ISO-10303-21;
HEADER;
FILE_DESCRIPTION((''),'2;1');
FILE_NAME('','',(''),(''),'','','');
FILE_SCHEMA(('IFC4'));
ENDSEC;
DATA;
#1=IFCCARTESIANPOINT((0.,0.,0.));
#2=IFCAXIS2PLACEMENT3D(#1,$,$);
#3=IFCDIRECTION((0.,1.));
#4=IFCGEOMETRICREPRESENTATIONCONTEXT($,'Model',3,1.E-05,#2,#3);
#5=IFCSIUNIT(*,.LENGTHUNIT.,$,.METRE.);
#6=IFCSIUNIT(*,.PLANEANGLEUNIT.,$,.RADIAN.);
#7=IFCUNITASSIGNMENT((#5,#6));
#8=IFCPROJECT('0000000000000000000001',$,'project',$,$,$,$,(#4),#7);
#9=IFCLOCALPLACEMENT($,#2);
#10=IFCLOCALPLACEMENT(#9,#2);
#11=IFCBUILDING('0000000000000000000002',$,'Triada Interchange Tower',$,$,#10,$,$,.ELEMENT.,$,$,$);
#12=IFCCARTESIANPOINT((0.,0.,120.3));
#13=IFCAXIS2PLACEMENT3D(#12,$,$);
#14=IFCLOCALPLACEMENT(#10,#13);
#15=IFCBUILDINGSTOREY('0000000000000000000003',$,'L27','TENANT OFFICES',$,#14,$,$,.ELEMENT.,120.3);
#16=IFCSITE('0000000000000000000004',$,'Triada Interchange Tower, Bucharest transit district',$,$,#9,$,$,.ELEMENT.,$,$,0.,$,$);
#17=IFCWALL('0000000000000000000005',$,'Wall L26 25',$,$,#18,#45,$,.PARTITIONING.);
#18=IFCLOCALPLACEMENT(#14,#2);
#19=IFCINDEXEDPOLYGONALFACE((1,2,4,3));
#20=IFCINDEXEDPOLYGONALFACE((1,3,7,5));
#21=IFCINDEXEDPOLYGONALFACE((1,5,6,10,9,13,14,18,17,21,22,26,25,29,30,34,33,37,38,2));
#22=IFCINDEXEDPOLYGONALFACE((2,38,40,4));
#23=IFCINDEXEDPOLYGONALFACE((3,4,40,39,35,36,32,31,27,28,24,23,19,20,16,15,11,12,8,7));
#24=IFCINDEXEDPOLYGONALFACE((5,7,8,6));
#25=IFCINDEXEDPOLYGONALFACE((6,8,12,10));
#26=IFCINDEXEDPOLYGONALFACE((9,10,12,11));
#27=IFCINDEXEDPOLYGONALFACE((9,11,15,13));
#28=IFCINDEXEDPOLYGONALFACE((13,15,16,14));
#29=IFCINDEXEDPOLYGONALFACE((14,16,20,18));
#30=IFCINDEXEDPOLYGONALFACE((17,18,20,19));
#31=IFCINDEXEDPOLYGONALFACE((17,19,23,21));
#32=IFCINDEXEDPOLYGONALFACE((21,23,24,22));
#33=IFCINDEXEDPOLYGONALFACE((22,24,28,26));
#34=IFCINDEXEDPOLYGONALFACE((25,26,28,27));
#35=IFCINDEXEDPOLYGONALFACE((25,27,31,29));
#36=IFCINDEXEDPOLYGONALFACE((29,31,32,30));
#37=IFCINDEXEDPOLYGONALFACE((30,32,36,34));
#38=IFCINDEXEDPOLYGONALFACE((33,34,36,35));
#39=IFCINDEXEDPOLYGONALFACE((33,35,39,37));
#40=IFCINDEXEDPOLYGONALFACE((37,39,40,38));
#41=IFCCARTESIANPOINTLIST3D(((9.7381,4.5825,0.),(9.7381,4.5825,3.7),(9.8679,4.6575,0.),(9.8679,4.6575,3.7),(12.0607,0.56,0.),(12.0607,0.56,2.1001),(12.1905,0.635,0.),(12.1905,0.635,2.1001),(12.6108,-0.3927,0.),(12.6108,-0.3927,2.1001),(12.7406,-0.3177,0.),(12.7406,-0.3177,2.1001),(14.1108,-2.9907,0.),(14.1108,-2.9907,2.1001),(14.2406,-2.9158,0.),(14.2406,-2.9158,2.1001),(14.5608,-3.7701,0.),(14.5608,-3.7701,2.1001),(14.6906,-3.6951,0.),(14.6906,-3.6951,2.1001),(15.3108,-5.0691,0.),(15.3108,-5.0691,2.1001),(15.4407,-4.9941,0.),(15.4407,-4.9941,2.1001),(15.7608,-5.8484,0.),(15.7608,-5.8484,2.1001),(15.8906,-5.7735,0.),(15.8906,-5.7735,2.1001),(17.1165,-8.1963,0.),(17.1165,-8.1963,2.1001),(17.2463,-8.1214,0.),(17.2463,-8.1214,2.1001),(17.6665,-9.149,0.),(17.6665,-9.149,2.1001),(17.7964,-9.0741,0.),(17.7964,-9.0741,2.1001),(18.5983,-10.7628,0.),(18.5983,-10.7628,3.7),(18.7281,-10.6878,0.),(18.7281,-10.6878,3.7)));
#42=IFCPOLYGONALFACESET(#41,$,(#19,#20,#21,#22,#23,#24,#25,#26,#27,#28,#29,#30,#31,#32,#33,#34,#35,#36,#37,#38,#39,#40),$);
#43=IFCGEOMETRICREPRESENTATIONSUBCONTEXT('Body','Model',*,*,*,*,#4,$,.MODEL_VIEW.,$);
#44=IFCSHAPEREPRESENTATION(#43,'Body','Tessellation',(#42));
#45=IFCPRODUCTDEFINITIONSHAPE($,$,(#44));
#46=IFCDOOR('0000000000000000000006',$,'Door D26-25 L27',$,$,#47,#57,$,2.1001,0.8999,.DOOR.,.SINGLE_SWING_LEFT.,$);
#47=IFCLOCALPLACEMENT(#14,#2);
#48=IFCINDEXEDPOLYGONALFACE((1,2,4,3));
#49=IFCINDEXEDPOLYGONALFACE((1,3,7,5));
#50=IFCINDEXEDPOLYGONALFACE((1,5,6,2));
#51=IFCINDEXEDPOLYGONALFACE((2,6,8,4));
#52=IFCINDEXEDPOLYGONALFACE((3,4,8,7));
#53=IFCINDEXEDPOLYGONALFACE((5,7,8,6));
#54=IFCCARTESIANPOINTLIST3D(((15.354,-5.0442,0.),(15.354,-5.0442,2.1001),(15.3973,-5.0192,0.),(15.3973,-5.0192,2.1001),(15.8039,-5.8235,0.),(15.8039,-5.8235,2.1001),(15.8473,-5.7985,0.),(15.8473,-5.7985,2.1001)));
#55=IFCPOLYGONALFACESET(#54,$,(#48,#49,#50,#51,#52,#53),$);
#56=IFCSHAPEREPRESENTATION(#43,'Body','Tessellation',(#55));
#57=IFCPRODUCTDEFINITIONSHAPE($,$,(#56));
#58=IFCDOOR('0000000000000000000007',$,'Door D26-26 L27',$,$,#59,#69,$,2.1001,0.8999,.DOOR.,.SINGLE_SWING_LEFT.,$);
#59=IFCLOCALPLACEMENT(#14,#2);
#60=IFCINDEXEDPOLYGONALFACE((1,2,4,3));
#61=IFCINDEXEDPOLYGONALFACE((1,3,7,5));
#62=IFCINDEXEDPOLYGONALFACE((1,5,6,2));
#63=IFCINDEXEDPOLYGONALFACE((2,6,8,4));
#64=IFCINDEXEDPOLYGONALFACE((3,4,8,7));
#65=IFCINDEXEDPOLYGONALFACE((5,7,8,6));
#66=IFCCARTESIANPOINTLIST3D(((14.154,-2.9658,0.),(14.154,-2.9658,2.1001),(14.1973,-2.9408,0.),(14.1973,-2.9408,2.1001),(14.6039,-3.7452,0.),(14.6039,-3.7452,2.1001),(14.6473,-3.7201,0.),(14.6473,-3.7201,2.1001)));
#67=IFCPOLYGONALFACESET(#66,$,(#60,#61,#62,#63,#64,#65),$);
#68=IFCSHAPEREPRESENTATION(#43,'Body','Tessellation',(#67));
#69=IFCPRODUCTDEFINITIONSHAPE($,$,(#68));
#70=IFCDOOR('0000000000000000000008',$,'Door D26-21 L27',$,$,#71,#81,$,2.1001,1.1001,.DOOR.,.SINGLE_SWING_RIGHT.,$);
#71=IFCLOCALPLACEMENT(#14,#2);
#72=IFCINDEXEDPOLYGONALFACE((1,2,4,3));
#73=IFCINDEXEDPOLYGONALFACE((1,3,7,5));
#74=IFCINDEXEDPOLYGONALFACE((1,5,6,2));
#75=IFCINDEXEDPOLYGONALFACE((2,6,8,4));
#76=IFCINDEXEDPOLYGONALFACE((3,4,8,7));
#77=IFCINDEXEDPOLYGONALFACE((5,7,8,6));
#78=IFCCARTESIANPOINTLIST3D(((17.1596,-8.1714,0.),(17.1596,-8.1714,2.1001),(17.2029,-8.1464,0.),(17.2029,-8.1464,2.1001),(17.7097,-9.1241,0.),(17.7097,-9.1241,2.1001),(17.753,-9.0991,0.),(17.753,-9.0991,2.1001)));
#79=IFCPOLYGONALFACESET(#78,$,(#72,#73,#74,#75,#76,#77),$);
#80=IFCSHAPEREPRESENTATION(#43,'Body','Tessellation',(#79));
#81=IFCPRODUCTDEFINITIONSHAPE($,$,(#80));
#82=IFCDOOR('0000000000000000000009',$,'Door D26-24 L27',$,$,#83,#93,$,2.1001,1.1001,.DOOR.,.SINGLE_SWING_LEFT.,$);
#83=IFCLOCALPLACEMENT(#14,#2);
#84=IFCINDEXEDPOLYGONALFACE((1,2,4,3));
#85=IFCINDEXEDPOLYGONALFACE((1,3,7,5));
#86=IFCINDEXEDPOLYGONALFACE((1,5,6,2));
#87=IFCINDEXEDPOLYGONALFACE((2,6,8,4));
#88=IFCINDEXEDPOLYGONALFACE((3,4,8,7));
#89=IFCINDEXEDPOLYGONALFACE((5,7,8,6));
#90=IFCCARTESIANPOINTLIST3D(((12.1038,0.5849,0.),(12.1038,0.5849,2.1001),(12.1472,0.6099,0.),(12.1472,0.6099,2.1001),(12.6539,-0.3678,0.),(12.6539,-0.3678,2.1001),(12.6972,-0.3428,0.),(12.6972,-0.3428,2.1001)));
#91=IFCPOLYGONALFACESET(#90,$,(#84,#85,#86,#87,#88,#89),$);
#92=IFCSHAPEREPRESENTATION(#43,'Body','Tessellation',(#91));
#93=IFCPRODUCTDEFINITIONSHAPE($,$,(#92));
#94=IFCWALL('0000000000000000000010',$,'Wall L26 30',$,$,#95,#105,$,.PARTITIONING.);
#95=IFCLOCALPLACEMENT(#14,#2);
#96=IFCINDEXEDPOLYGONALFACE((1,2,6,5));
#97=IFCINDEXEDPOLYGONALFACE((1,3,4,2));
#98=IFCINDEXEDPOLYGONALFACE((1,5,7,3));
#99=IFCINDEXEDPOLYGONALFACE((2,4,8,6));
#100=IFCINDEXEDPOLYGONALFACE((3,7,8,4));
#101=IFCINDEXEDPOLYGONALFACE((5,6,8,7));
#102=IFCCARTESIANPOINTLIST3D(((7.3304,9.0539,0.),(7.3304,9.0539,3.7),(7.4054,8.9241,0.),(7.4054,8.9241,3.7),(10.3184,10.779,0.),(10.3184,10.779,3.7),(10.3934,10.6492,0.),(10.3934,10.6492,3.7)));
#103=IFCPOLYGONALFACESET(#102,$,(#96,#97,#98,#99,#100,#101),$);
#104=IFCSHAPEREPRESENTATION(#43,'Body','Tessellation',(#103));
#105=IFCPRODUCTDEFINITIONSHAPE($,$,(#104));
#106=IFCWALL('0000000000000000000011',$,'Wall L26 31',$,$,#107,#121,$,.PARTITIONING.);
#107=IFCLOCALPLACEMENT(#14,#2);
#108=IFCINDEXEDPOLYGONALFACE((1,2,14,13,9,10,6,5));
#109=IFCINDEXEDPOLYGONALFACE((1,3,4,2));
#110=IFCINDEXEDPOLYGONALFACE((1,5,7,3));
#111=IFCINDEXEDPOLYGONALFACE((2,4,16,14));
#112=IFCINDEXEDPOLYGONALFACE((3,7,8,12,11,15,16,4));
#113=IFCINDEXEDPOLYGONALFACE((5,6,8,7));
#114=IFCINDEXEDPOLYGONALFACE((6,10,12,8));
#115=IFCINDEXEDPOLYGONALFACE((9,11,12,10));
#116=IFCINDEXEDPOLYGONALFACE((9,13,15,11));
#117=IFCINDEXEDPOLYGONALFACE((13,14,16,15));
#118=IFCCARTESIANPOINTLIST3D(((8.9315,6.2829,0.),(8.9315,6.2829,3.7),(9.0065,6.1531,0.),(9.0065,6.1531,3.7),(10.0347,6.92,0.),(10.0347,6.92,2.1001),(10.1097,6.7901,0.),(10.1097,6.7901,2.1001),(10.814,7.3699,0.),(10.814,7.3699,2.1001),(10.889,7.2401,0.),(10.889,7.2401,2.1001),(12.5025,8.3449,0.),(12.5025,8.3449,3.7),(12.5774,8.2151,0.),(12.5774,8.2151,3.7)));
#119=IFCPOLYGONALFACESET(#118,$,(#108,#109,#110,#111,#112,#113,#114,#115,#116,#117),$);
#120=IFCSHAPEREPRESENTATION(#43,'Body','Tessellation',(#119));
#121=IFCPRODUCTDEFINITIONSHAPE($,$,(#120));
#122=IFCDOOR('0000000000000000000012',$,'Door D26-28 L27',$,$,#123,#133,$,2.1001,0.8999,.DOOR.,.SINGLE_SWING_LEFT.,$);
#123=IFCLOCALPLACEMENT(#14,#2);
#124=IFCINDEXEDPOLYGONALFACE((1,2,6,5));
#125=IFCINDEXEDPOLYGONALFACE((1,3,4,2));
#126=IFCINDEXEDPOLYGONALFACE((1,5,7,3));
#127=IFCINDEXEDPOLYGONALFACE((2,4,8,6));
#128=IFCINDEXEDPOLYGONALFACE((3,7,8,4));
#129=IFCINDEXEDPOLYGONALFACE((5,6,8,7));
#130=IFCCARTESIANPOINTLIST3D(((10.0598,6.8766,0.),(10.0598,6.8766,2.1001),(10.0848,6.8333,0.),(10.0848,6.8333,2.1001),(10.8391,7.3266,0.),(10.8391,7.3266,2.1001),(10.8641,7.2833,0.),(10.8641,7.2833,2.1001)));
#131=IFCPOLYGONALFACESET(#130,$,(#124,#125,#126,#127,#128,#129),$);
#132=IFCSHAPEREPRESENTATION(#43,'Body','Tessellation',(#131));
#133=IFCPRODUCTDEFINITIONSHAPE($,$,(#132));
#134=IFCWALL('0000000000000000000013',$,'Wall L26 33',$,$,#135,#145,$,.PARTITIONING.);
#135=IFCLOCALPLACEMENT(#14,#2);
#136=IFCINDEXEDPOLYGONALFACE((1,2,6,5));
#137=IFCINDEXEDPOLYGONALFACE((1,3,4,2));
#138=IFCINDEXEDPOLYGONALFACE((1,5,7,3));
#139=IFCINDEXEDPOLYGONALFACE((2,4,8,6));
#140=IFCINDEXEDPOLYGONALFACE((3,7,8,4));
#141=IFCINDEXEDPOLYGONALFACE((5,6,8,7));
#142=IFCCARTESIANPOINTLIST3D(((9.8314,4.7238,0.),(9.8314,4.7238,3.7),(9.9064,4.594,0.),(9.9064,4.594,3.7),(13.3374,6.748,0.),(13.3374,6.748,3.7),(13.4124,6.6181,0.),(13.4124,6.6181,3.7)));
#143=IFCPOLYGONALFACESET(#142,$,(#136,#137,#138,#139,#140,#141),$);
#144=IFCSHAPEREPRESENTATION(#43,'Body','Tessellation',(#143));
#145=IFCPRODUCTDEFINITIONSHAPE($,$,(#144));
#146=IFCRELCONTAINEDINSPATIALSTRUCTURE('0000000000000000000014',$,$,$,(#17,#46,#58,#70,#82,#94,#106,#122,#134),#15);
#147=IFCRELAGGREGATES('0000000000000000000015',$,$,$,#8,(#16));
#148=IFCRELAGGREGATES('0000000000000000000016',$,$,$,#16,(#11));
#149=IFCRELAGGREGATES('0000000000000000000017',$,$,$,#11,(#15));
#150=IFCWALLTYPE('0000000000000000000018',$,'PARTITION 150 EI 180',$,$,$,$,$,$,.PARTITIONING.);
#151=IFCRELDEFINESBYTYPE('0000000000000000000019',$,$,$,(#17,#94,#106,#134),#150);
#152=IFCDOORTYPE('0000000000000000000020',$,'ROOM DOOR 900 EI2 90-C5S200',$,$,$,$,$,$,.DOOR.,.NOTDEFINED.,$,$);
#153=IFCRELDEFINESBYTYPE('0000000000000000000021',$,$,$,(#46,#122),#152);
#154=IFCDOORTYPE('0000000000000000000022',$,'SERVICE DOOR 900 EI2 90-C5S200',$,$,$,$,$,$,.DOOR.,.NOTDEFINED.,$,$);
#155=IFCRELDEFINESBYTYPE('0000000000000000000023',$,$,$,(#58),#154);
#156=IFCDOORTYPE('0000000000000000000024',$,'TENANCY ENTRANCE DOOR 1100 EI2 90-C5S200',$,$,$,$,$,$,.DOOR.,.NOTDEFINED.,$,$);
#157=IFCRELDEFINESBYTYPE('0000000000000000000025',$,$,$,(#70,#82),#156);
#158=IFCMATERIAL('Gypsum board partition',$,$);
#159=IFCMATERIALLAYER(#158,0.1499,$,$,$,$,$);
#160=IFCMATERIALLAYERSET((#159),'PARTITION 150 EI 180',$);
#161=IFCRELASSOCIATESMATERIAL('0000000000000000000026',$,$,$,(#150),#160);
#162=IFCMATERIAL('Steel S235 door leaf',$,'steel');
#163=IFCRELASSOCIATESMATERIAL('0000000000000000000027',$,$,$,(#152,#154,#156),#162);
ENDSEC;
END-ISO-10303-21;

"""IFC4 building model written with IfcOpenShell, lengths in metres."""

from ifc_helpers import new_model, si_unit, direction, frame, frame_2d, origin, place, context, subcontext, project, spatial, rectangle, extrude, material, layer, layer_set, type_object, element, fill, save


model = new_model("IFC4")

# Units and contexts
model_context = context("Model", 3, precision=1e-05, world=origin(), true_north=direction((0.0, 1.0)))
body_context = subcontext(model_context, "Body", "Model", "MODEL_VIEW")
ifc_project = project(units=[si_unit("LENGTHUNIT", "METRE"), si_unit("PLANEANGLEUNIT", "RADIAN")], contexts=[model_context])

# Site, building, storey
site_placement = place(None, origin())
site = spatial("IfcSite", under=ifc_project, at=site_placement, Name="Triada Interchange Tower, Bucharest transit district", CompositionType="ELEMENT", RefElevation=0.0)
building_placement = place(site_placement, origin())
building = spatial("IfcBuilding", under=site, at=building_placement, Name="Triada Interchange Tower", CompositionType="ELEMENT")
storey_placement = place(building_placement, frame((0.0, 0.0, 120.3)))
storey = spatial("IfcBuildingStorey", under=building, at=storey_placement, Name="L27", Description="TENANT OFFICES", CompositionType="ELEMENT", Elevation=120.3)

# Shared definitions
ifc_material_1 = material(Name="Steel S235 door leaf", Category="steel")

# Wall, openings, doors
ifc_material_2 = material(Name="Gypsum board partition")
ifc_layer_1 = layer(ifc_material_2, 0.1499)
ifc_layer_set_1 = layer_set([ifc_layer_1], Name="PARTITION 150 EI 180")
wall_type_1 = type_object("IfcWallType", Name="PARTITION 150 EI 180", PredefinedType="PARTITIONING", material=ifc_layer_set_1)
wall_1_placement = place(storey_placement, frame((9.803, 4.6201, 0.0), z_axis=(0.0, 0.0, 1.0), x_axis=(0.500023, -0.866012, 0.0)))
wall_1 = element("IfcWall", 1, at=wall_1_placement, inside=storey, type_object=wall_type_1, Name="Wall L26 25", PredefinedType="PARTITIONING", context=body_context, shape_type="SweptSolid", body=[
    extrude(rectangle(XDim=17.7195, YDim=0.1499, at=frame_2d((8.8599, 0.0))), origin(), (0.0, 0.0, 1.0), 3.7),
])
opening_1_placement = place(wall_1_placement, frame((14.7561, 0.0, 0.0)))
opening_1 = element("IfcOpeningElement", 2, at=opening_1_placement, cuts=wall_1, PredefinedType="OPENING", context=body_context, shape_type="SweptSolid", body=[
    extrude(rectangle(XDim=1.1001, YDim=2.1001, at=frame_2d((0.55, 1.05))), frame((0.0, 0.085, 0.0), z_axis=(0.0, -1.0, 0.0), x_axis=(1.0, 0.0, 0.0)), (0.0, 0.0, 1.0), 0.1699),
])
opening_2_placement = place(wall_1_placement, frame((4.645, 0.0, 0.0)))
opening_2 = element("IfcOpeningElement", 3, at=opening_2_placement, cuts=wall_1, PredefinedType="OPENING", context=body_context, shape_type="SweptSolid", body=[
    extrude(rectangle(XDim=1.1001, YDim=2.1001, at=frame_2d((0.55, 1.05))), frame((0.0, 0.085, 0.0), z_axis=(0.0, -1.0, 0.0), x_axis=(1.0, 0.0, 0.0)), (0.0, 0.0, 1.0), 0.1699),
])
opening_3_placement = place(wall_1_placement, frame((11.145, 0.0, 0.0)))
opening_3 = element("IfcOpeningElement", 4, at=opening_3_placement, cuts=wall_1, PredefinedType="OPENING", context=body_context, shape_type="SweptSolid", body=[
    extrude(rectangle(XDim=0.8999, YDim=2.1001, at=frame_2d((0.45, 1.05))), frame((0.0, 0.085, 0.0), z_axis=(0.0, -1.0, 0.0), x_axis=(1.0, 0.0, 0.0)), (0.0, 0.0, 1.0), 0.1699),
])
opening_4_placement = place(wall_1_placement, frame((8.7451, 0.0, 0.0)))
opening_4 = element("IfcOpeningElement", 5, at=opening_4_placement, cuts=wall_1, PredefinedType="OPENING", context=body_context, shape_type="SweptSolid", body=[
    extrude(rectangle(XDim=0.8999, YDim=2.1001, at=frame_2d((0.45, 1.05))), frame((0.0, 0.085, 0.0), z_axis=(0.0, -1.0, 0.0), x_axis=(1.0, 0.0, 0.0)), (0.0, 0.0, 1.0), 0.1699),
])
door_type_1 = type_object("IfcDoorType", Name="ROOM DOOR 900 EI2 90-C5S200", OperationType="NOTDEFINED", PredefinedType="DOOR", material=ifc_material_1)
door_1_placement = place(opening_3_placement, origin())
door_1 = element("IfcDoor", 6, at=door_1_placement, inside=storey, type_object=door_type_1, Name="Door D26-25 L27", OperationType="SINGLE_SWING_LEFT", OverallHeight=2.1001, OverallWidth=0.8999, PredefinedType="DOOR", context=body_context, shape_type="SweptSolid", body=[
    extrude(rectangle(XDim=0.8999, YDim=2.1001, at=frame_2d((0.45, 1.05))), frame((0.0, 0.0249, 0.0), z_axis=(0.0, -1.0, 0.0), x_axis=(1.0, 0.0, 0.0)), (0.0, 0.0, 1.0), 0.05),
])
fill(opening_3, door_1)
door_type_2 = type_object("IfcDoorType", Name="SERVICE DOOR 900 EI2 90-C5S200", OperationType="NOTDEFINED", PredefinedType="DOOR", material=ifc_material_1)
door_2_placement = place(opening_4_placement, origin())
door_2 = element("IfcDoor", 7, at=door_2_placement, inside=storey, type_object=door_type_2, Name="Door D26-26 L27", OperationType="SINGLE_SWING_LEFT", OverallHeight=2.1001, OverallWidth=0.8999, PredefinedType="DOOR", context=body_context, shape_type="SweptSolid", body=[
    extrude(rectangle(XDim=0.8999, YDim=2.1001, at=frame_2d((0.45, 1.05))), frame((0.0, 0.0249, 0.0), z_axis=(0.0, -1.0, 0.0), x_axis=(1.0, 0.0, 0.0)), (0.0, 0.0, 1.0), 0.05),
])
fill(opening_4, door_2)
door_type_3 = type_object("IfcDoorType", Name="TENANCY ENTRANCE DOOR 1100 EI2 90-C5S200", OperationType="NOTDEFINED", PredefinedType="DOOR", material=ifc_material_1)
door_3_placement = place(opening_1_placement, origin())
door_3 = element("IfcDoor", 8, at=door_3_placement, inside=storey, type_object=door_type_3, Name="Door D26-21 L27", OperationType="SINGLE_SWING_RIGHT", OverallHeight=2.1001, OverallWidth=1.1001, PredefinedType="DOOR", context=body_context, shape_type="SweptSolid", body=[
    extrude(rectangle(XDim=1.1001, YDim=2.1001, at=frame_2d((0.55, 1.05))), frame((0.0, 0.0249, 0.0), z_axis=(0.0, -1.0, 0.0), x_axis=(1.0, 0.0, 0.0)), (0.0, 0.0, 1.0), 0.05),
])
fill(opening_1, door_3)
door_4_placement = place(opening_2_placement, origin())
door_4 = element("IfcDoor", 9, at=door_4_placement, inside=storey, type_object=door_type_3, Name="Door D26-24 L27", OperationType="SINGLE_SWING_LEFT", OverallHeight=2.1001, OverallWidth=1.1001, PredefinedType="DOOR", context=body_context, shape_type="SweptSolid", body=[
    extrude(rectangle(XDim=1.1001, YDim=2.1001, at=frame_2d((0.55, 1.05))), frame((0.0, 0.0249, 0.0), z_axis=(0.0, -1.0, 0.0), x_axis=(1.0, 0.0, 0.0)), (0.0, 0.0, 1.0), 0.05),
])
fill(opening_2, door_4)

# Wall
wall_2_placement = place(storey_placement, frame((7.3679, 8.989, 0.0), z_axis=(0.0, 0.0, 1.0), x_axis=(0.866031, 0.49999, 0.0)))
element("IfcWall", 10, at=wall_2_placement, inside=storey, type_object=wall_type_1, Name="Wall L26 30", PredefinedType="PARTITIONING", context=body_context, shape_type="SweptSolid", body=[
    extrude(rectangle(XDim=3.4502, YDim=0.1499, at=frame_2d((1.7251, 0.0))), origin(), (0.0, 0.0, 1.0), 3.7),
])

# Wall, opening, door
wall_3_placement = place(storey_placement, frame((8.969, 6.218, 0.0), z_axis=(0.0, 0.0, 1.0), x_axis=(0.865997, 0.500049, 0.0)))
wall_3 = element("IfcWall", 11, at=wall_3_placement, inside=storey, type_object=wall_type_1, Name="Wall L26 31", PredefinedType="PARTITIONING", context=body_context, shape_type="SweptSolid", body=[
    extrude(rectangle(XDim=4.1235, YDim=0.1499, at=frame_2d((2.0618, 0.0))), origin(), (0.0, 0.0, 1.0), 3.7),
])
opening_5_placement = place(wall_3_placement, frame((1.2739, 0.0, 0.0)))
opening_5 = element("IfcOpeningElement", 12, at=opening_5_placement, cuts=wall_3, PredefinedType="OPENING", context=body_context, shape_type="SweptSolid", body=[
    extrude(rectangle(XDim=0.8999, YDim=2.1001, at=frame_2d((0.45, 1.05))), frame((0.0, 0.085, 0.0), z_axis=(0.0, -1.0, 0.0), x_axis=(1.0, 0.0, 0.0)), (0.0, 0.0, 1.0), 0.1699),
])
door_5_placement = place(opening_5_placement, origin())
door_5 = element("IfcDoor", 13, at=door_5_placement, inside=storey, type_object=door_type_1, Name="Door D26-28 L27", OperationType="SINGLE_SWING_LEFT", OverallHeight=2.1001, OverallWidth=0.8999, PredefinedType="DOOR", context=body_context, shape_type="SweptSolid", body=[
    extrude(rectangle(XDim=0.8999, YDim=2.1001, at=frame_2d((0.45, 1.05))), frame((0.0, 0.0249, 0.0), z_axis=(0.0, -1.0, 0.0), x_axis=(1.0, 0.0, 0.0)), (0.0, 0.0, 1.0), 0.05),
])
fill(opening_5, door_5)

# Wall
wall_4_placement = place(storey_placement, frame((9.8689, 4.6589, 0.0), z_axis=(0.0, 0.0, 1.0), x_axis=(0.866034, 0.499985, 0.0)))
element("IfcWall", 14, at=wall_4_placement, inside=storey, type_object=wall_type_1, Name="Wall L26 33", PredefinedType="PARTITIONING", context=body_context, shape_type="SweptSolid", body=[
    extrude(rectangle(XDim=4.0483, YDim=0.1499, at=frame_2d((2.0242, 0.0))), origin(), (0.0, 0.0, 1.0), 3.7),
])

save(model, "model.ifc")
